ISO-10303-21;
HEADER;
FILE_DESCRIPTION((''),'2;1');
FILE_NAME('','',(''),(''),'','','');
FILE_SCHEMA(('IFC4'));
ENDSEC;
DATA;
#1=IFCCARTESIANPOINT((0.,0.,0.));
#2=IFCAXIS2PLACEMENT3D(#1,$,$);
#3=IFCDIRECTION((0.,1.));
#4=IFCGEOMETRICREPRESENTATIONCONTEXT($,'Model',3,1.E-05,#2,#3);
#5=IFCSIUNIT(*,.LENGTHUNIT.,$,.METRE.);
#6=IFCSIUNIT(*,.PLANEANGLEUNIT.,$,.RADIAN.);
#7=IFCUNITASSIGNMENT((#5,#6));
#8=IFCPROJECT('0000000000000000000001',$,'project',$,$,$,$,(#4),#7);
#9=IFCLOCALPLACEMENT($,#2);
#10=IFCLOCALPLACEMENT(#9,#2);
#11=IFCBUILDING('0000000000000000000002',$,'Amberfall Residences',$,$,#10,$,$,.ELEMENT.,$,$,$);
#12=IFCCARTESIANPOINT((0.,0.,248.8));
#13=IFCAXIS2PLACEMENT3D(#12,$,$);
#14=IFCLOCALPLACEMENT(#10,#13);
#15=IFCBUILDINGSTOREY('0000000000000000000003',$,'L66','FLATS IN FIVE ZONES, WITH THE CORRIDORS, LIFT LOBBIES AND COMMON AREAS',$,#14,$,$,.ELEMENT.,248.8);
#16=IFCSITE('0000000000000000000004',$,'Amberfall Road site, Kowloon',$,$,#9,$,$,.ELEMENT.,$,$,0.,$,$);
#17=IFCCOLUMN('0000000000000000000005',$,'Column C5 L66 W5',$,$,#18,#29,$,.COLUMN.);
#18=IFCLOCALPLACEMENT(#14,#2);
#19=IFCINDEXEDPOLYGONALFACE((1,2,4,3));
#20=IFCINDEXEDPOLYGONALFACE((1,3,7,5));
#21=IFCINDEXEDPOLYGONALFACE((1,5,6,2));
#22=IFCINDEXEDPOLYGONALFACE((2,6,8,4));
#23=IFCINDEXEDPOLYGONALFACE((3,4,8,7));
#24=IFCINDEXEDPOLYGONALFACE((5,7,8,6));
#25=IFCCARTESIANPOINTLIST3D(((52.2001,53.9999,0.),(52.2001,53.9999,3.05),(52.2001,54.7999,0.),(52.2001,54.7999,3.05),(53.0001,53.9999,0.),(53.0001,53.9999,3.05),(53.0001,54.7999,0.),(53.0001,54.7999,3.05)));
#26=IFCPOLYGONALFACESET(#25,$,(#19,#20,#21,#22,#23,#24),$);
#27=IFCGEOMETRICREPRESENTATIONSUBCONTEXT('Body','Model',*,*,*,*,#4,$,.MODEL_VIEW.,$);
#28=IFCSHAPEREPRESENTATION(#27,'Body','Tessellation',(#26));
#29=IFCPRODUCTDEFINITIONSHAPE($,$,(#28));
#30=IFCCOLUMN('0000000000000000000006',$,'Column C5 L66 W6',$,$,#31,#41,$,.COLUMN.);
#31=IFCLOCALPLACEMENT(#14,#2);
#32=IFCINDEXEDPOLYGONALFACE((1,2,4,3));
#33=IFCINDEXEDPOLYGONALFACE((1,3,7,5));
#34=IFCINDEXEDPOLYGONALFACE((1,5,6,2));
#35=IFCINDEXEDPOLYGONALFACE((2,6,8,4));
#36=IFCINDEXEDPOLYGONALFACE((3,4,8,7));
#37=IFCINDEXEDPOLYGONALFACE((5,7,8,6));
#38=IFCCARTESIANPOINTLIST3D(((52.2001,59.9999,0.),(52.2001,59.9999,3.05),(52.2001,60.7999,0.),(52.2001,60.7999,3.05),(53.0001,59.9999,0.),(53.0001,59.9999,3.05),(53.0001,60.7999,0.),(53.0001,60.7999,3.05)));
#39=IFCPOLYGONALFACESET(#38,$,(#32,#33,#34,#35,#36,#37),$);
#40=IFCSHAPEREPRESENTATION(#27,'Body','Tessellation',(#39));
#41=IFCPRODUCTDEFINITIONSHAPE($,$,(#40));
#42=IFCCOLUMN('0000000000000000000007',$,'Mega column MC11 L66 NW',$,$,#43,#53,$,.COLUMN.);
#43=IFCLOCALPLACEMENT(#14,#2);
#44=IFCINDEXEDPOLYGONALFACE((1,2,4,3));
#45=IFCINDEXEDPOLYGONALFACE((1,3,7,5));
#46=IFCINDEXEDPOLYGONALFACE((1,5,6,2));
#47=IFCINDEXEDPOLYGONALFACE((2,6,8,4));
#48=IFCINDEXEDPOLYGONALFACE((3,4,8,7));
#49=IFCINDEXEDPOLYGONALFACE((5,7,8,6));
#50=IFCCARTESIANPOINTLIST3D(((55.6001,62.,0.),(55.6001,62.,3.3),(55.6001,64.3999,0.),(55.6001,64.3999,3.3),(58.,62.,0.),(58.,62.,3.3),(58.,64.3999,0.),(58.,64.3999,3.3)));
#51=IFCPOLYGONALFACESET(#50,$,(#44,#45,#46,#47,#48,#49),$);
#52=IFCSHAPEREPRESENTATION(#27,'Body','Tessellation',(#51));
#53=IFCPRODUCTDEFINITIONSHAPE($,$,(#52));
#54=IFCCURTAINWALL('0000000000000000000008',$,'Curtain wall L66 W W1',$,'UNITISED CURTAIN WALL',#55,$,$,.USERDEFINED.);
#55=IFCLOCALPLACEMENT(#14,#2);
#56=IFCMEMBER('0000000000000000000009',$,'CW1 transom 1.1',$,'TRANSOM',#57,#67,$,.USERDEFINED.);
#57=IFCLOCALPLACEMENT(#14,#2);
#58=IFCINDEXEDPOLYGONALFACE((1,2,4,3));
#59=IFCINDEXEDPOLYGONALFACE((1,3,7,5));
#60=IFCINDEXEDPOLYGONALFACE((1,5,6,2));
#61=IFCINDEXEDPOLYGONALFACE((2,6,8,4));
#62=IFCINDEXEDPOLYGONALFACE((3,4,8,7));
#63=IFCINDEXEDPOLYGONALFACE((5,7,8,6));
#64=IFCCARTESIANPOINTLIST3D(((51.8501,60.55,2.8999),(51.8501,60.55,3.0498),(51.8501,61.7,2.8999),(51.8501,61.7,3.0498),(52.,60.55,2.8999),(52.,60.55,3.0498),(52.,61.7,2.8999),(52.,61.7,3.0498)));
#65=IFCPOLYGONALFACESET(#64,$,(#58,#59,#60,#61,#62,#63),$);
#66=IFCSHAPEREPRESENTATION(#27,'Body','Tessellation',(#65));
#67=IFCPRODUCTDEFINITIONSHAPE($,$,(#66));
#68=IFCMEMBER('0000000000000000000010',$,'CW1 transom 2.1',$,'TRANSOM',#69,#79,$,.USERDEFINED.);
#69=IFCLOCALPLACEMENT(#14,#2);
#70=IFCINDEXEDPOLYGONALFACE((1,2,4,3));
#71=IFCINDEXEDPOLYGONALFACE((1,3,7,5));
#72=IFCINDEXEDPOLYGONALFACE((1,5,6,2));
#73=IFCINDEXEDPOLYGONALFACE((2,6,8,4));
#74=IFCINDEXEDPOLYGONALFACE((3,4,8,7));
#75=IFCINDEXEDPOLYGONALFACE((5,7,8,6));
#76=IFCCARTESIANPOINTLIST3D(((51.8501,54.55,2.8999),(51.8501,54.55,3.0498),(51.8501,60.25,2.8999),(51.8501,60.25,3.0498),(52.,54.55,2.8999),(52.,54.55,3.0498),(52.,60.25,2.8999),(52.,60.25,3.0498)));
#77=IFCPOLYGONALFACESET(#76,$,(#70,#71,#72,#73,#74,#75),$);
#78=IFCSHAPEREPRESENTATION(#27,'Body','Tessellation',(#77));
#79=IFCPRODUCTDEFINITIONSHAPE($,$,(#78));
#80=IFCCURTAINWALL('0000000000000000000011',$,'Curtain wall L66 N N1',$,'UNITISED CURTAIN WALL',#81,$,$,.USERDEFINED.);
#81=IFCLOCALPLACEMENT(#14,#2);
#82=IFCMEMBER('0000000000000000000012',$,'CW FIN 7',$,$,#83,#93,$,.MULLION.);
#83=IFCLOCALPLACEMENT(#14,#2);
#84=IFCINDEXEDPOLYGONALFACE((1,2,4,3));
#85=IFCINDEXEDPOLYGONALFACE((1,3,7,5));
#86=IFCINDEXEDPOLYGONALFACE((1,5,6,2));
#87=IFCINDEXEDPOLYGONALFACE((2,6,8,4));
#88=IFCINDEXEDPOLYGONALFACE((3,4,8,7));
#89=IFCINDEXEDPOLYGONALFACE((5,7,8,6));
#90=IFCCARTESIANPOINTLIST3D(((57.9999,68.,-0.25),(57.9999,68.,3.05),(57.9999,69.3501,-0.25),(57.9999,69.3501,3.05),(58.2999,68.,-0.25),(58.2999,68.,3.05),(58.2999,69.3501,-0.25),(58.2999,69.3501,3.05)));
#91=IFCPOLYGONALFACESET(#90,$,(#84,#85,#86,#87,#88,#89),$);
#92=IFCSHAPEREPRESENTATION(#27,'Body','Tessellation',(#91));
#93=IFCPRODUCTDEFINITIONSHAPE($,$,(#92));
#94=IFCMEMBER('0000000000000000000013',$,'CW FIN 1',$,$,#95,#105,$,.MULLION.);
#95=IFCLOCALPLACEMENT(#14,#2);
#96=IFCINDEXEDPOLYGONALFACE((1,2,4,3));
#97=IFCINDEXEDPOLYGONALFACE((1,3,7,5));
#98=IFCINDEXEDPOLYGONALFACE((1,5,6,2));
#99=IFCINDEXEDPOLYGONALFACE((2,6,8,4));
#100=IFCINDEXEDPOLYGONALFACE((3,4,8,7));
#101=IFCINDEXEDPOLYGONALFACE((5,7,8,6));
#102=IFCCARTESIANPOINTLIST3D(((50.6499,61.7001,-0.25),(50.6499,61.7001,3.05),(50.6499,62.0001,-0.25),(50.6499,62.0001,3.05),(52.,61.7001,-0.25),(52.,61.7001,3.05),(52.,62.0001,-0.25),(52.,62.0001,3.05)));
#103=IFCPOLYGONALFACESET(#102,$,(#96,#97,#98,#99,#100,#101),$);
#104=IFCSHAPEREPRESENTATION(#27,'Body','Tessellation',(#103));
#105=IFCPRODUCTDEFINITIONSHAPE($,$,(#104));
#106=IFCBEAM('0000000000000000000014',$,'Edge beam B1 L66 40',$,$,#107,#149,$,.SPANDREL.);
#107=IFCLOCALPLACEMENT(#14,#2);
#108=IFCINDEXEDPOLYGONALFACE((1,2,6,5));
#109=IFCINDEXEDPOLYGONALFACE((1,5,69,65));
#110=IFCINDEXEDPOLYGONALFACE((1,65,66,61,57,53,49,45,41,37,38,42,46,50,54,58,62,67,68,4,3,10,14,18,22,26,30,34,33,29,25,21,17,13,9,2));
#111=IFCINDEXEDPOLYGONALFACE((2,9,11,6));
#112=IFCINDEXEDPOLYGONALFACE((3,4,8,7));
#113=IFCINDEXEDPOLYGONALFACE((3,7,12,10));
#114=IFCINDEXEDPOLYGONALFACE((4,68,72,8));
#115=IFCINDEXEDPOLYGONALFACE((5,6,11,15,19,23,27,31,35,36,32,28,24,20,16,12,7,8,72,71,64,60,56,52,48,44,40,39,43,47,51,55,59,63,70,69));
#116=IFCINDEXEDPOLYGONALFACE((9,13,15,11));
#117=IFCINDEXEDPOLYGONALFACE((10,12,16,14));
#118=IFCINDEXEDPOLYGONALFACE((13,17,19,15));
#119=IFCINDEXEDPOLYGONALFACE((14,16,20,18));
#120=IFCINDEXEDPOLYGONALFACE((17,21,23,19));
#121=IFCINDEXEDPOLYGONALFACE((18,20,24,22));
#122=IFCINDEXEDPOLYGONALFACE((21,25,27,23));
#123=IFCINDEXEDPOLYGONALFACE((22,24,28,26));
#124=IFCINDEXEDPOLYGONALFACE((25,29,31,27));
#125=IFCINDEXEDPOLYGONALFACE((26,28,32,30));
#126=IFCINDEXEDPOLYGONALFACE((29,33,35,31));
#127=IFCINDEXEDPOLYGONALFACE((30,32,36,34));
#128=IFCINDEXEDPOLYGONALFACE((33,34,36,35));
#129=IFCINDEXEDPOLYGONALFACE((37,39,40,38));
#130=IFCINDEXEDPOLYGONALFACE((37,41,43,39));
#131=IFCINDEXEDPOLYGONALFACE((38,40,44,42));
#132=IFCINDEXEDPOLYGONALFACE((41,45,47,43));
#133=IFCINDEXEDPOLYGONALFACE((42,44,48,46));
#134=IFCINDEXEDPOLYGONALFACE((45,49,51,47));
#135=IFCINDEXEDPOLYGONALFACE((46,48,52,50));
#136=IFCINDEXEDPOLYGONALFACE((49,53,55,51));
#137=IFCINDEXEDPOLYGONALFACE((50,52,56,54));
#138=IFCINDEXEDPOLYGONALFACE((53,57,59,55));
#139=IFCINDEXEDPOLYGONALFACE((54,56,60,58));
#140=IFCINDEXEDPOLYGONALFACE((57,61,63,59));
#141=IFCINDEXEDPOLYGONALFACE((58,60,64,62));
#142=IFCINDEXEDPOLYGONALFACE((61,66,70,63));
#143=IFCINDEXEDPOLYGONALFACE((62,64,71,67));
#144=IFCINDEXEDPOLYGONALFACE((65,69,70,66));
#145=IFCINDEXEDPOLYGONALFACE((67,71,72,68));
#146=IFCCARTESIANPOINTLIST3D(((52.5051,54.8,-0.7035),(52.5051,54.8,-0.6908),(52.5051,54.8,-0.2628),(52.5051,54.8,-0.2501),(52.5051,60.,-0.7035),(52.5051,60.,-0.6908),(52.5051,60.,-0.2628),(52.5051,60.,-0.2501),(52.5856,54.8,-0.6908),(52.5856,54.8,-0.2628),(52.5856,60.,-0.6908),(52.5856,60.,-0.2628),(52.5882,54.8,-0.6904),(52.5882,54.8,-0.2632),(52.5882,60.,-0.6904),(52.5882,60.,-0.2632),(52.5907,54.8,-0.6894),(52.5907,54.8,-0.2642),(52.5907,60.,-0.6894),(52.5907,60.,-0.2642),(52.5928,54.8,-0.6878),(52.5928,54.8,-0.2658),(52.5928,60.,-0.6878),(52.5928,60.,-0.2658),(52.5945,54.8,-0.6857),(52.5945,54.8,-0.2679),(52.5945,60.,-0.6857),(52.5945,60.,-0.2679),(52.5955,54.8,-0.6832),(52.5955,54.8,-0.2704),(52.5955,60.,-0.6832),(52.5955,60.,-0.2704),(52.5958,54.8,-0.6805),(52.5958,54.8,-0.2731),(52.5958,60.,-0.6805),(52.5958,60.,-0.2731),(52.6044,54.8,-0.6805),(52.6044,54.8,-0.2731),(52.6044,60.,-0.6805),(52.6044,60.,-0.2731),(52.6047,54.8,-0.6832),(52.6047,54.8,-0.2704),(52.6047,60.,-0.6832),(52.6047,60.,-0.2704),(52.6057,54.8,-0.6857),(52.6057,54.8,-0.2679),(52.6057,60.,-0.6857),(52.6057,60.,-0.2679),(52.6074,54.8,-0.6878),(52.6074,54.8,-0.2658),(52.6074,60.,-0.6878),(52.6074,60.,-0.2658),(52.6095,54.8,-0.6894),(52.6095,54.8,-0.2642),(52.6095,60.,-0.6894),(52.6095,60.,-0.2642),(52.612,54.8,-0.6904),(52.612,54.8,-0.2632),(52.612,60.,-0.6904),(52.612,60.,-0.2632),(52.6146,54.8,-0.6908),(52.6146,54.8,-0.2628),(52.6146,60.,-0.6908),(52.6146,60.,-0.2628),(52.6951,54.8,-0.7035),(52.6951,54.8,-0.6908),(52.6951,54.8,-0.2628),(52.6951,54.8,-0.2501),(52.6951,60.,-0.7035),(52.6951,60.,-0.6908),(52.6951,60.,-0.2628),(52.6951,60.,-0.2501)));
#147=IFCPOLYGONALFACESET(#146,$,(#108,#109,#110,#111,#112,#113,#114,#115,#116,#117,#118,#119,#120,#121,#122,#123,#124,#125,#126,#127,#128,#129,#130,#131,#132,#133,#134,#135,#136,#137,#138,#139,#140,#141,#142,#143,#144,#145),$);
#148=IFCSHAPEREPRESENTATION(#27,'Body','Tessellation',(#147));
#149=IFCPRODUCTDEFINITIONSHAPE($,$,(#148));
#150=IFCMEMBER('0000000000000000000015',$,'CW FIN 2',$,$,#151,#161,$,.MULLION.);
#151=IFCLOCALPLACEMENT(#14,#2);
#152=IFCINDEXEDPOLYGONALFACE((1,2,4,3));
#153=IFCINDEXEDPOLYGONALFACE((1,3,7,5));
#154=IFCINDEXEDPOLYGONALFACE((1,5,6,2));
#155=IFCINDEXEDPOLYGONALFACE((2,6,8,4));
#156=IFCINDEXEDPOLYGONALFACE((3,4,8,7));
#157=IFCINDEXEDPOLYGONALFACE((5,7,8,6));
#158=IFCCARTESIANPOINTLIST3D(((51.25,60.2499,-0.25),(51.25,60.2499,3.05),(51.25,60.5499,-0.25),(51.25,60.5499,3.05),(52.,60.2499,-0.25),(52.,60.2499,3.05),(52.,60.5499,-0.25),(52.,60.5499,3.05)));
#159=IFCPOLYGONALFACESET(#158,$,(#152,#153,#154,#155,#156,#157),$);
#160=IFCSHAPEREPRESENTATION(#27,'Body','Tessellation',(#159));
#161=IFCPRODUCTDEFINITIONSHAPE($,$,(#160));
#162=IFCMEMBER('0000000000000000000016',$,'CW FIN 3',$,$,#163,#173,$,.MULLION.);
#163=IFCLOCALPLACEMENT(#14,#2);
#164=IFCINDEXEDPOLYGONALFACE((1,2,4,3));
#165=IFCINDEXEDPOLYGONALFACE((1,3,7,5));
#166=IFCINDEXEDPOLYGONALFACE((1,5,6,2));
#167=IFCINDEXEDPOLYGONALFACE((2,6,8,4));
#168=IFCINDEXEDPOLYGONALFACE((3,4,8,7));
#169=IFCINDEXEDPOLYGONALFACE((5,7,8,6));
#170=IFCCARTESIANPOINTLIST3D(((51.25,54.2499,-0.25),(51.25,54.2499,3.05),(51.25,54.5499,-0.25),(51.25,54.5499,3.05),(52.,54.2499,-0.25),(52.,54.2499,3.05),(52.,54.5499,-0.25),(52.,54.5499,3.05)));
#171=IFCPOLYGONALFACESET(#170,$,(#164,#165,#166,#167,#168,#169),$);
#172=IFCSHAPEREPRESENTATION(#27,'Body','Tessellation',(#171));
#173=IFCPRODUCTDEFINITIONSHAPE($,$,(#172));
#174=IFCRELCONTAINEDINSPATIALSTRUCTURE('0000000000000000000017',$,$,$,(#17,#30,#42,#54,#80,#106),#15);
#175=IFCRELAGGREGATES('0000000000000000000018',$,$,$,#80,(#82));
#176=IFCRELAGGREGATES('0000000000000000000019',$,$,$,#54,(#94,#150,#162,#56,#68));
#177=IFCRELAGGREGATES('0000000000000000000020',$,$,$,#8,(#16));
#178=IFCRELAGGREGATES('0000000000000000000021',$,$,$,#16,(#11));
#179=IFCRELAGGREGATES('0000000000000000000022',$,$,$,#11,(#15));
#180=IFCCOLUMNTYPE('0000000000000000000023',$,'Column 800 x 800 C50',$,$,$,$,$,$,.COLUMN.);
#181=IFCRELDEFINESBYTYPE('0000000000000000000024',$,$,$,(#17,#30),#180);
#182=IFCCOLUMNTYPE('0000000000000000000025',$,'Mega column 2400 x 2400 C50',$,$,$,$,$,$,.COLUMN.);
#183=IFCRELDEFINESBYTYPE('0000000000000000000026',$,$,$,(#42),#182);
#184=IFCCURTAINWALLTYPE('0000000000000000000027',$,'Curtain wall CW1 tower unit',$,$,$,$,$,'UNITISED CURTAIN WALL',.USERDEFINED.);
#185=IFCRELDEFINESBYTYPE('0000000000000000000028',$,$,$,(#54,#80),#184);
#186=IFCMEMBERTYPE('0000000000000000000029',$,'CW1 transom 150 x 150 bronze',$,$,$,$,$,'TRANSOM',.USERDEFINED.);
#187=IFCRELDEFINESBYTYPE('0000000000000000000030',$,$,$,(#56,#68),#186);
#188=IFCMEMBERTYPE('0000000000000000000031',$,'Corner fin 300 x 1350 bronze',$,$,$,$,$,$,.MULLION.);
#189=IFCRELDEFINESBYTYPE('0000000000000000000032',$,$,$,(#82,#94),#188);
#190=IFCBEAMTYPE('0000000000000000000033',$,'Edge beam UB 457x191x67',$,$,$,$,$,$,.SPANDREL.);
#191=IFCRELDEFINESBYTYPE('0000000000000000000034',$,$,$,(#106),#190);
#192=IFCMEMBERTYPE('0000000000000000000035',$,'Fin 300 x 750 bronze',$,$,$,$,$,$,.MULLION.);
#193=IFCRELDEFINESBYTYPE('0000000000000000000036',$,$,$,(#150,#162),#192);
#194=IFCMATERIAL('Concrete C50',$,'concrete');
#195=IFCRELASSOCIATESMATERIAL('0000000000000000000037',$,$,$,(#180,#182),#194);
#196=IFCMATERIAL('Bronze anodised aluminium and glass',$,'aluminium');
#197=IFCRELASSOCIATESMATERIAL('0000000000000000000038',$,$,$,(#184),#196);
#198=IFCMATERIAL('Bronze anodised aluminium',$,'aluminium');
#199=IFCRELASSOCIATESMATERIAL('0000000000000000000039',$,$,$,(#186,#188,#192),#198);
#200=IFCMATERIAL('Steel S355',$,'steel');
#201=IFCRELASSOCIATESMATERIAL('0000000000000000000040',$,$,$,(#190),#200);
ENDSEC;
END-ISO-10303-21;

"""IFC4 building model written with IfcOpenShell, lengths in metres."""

from ifc_helpers import new_model, si_unit, direction, frame, origin, origin_2d, place, context, subcontext, project, spatial, rectangle, i_section, extrude, material, material_profile, profile_set, type_object, element, aggregate, save


model = new_model("IFC4")

# Units and contexts
model_context = context("Model", 3, precision=1e-05, world=origin(), true_north=direction((0.0, 1.0)))
body_context = subcontext(model_context, "Body", "Model", "MODEL_VIEW")
ifc_project = project(units=[si_unit("LENGTHUNIT", "METRE"), si_unit("PLANEANGLEUNIT", "RADIAN")], contexts=[model_context])

# Site, building, storey
site_placement = place(None, origin())
site = spatial("IfcSite", under=ifc_project, at=site_placement, Name="Amberfall Road site, Kowloon", CompositionType="ELEMENT", RefElevation=0.0)
building_placement = place(site_placement, origin())
building = spatial("IfcBuilding", under=site, at=building_placement, Name="Amberfall Residences", CompositionType="ELEMENT")
storey_placement = place(building_placement, frame((0.0, 0.0, 248.8)))
storey = spatial("IfcBuildingStorey", under=building, at=storey_placement, Name="L66", Description="FLATS IN FIVE ZONES, WITH THE CORRIDORS, LIFT LOBBIES AND COMMON AREAS", CompositionType="ELEMENT", Elevation=248.8)

# Columns
ifc_material_1 = material(Name="Concrete C50", Category="concrete")
ifc_material_profile_1 = material_profile(ifc_material_1, rectangle(XDim=0.8, YDim=0.8, at=origin_2d()), Name="Column 800 x 800 C50")
ifc_profile_set_1 = profile_set([ifc_material_profile_1], Name="Concrete C50")
column_type_1 = type_object("IfcColumnType", Name="Column 800 x 800 C50", PredefinedType="COLUMN", material=ifc_profile_set_1)
for number, where, z_axis, x_axis, name in (
    (1, (52.6001, 54.3999, 0.0), (0.0, 0.0, 1.0), (1.0, 0.0, 0.0), "Column C5 L66 W5"),
    (2, (52.6001, 60.3999, 0.0), (0.0, 0.0, 1.0), (1.0, 0.0, 0.0), "Column C5 L66 W6"),
):
    element("IfcColumn", number, at=place(storey_placement, frame(where, z_axis=z_axis, x_axis=x_axis)), inside=storey, type_object=column_type_1, Name=name, PredefinedType="COLUMN", context=body_context, shape_type="SweptSolid", body=[
        extrude(rectangle(XDim=0.8, YDim=0.8, at=origin_2d()), origin(), (0.0, 0.0, 1.0), 3.05),
    ])
ifc_material_profile_2 = material_profile(ifc_material_1, rectangle(XDim=2.3999, YDim=2.3999, at=origin_2d()), Name="Mega column 2400 x 2400 C50")
ifc_profile_set_2 = profile_set([ifc_material_profile_2], Name="Concrete C50")
column_type_2 = type_object("IfcColumnType", Name="Mega column 2400 x 2400 C50", PredefinedType="COLUMN", material=ifc_profile_set_2)
column_placement = place(storey_placement, frame((56.8, 63.2, 0.0), z_axis=(0.0, 0.0, 1.0), x_axis=(1.0, 0.0, 0.0)))
element("IfcColumn", 3, at=column_placement, inside=storey, type_object=column_type_2, Name="Mega column MC11 L66 NW", PredefinedType="COLUMN", context=body_context, shape_type="SweptSolid", body=[
    extrude(rectangle(XDim=2.3999, YDim=2.3999, at=origin_2d()), origin(), (0.0, 0.0, 1.0), 3.3),
])

# Curtain wall, members
ifc_material_2 = material(Name="Bronze anodised aluminium and glass", Category="aluminium")
curtain_wall_type = type_object("IfcCurtainWallType", Name="Curtain wall CW1 tower unit", ElementType="UNITISED CURTAIN WALL", PredefinedType="USERDEFINED", material=ifc_material_2)
curtain_wall_1_placement = place(storey_placement, origin())
curtain_wall_1 = element("IfcCurtainWall", 4, at=curtain_wall_1_placement, inside=storey, type_object=curtain_wall_type, Name="Curtain wall L66 W W1", ObjectType="UNITISED CURTAIN WALL", PredefinedType="USERDEFINED")
ifc_material_3 = material(Name="Bronze anodised aluminium", Category="aluminium")
ifc_material_profile_3 = material_profile(ifc_material_3, rectangle(XDim=0.1499, YDim=0.1499, at=origin_2d()), Name="CW1 transom 150 x 150 bronze")
ifc_profile_set_3 = profile_set([ifc_material_profile_3], Name="Bronze anodised aluminium")
member_type_1 = type_object("IfcMemberType", Name="CW1 transom 150 x 150 bronze", ElementType="TRANSOM", PredefinedType="USERDEFINED", material=ifc_profile_set_3)
member_1_placement = place(storey_placement, frame((51.925, 61.7, 2.9749), z_axis=(0.0, -1.0, 0.0), x_axis=(1.0, 0.0, 0.0)))
member_1 = element("IfcMember", 5, at=member_1_placement, type_object=member_type_1, Name="CW1 transom 1.1", ObjectType="TRANSOM", PredefinedType="USERDEFINED", context=body_context, shape_type="SweptSolid", body=[
    extrude(rectangle(XDim=0.1499, YDim=0.1499, at=origin_2d()), origin(), (0.0, 0.0, 1.0), 1.1499),
])
member_2_placement = place(storey_placement, frame((51.925, 60.25, 2.9749), z_axis=(0.0, -1.0, 0.0), x_axis=(1.0, 0.0, 0.0)))
member_2 = element("IfcMember", 6, at=member_2_placement, type_object=member_type_1, Name="CW1 transom 2.1", ObjectType="TRANSOM", PredefinedType="USERDEFINED", context=body_context, shape_type="SweptSolid", body=[
    extrude(rectangle(XDim=0.1499, YDim=0.1499, at=origin_2d()), origin(), (0.0, 0.0, 1.0), 5.7),
])

# Curtain wall, member
curtain_wall_2_placement = place(storey_placement, origin())
curtain_wall_2 = element("IfcCurtainWall", 7, at=curtain_wall_2_placement, inside=storey, type_object=curtain_wall_type, Name="Curtain wall L66 N N1", ObjectType="UNITISED CURTAIN WALL", PredefinedType="USERDEFINED")
ifc_material_profile_4 = material_profile(ifc_material_3, rectangle(XDim=1.3501, YDim=0.3, at=origin_2d()), Name="Corner fin 300 x 1350 bronze")
ifc_profile_set_4 = profile_set([ifc_material_profile_4], Name="Bronze anodised aluminium")
member_type_2 = type_object("IfcMemberType", Name="Corner fin 300 x 1350 bronze", PredefinedType="MULLION", material=ifc_profile_set_4)
member_3_placement = place(storey_placement, frame((58.1499, 68.675, -0.25), z_axis=(0.0, 0.0, 1.0), x_axis=(0.0, -1.0, 0.0)))
member_3 = element("IfcMember", 8, at=member_3_placement, type_object=member_type_2, Name="CW FIN 7", PredefinedType="MULLION", context=body_context, shape_type="SweptSolid", body=[
    extrude(rectangle(XDim=1.3501, YDim=0.3, at=origin_2d()), origin(), (0.0, 0.0, 1.0), 3.3),
])
aggregate(curtain_wall_2, [member_3])

# Member
member_4_placement = place(storey_placement, frame((51.325, 61.8501, -0.25), z_axis=(0.0, 0.0, 1.0), x_axis=(1.0, 0.0, 0.0)))
member_4 = element("IfcMember", 9, at=member_4_placement, type_object=member_type_2, Name="CW FIN 1", PredefinedType="MULLION", context=body_context, shape_type="SweptSolid", body=[
    extrude(rectangle(XDim=1.3501, YDim=0.3, at=origin_2d()), origin(), (0.0, 0.0, 1.0), 3.3),
])

# Beam
ifc_material_4 = material(Name="Steel S355", Category="steel")
ifc_material_profile_5 = material_profile(ifc_material_4, i_section(OverallWidth=0.1899, OverallDepth=0.4534, WebThickness=0.0085, FlangeThickness=0.0127, FilletRadius=0.0103, at=origin_2d()), Name="UB 457x191x67")
ifc_profile_set_5 = profile_set([ifc_material_profile_5], Name="Steel S355")
beam_type_1 = type_object("IfcBeamType", Name="Edge beam UB 457x191x67", PredefinedType="SPANDREL", material=ifc_profile_set_5)
beam_1_placement = place(storey_placement, frame((52.6001, 54.8, -0.4768), z_axis=(0.0, 1.0, 0.0), x_axis=(-1.0, 0.0, 0.0)))
element("IfcBeam", 10, at=beam_1_placement, inside=storey, type_object=beam_type_1, Name="Edge beam B1 L66 40", PredefinedType="SPANDREL", context=body_context, shape_type="SweptSolid", body=[
    extrude(i_section(OverallWidth=0.1899, OverallDepth=0.4534, WebThickness=0.0085, FlangeThickness=0.0127, FilletRadius=0.0103, at=origin_2d()), origin(), (0.0, 0.0, 1.0), 5.2),
])

# Members
ifc_material_profile_6 = material_profile(ifc_material_3, rectangle(XDim=0.75, YDim=0.3, at=origin_2d()), Name="Fin 300 x 750 bronze")
ifc_profile_set_6 = profile_set([ifc_material_profile_6], Name="Bronze anodised aluminium")
member_type_3 = type_object("IfcMemberType", Name="Fin 300 x 750 bronze", PredefinedType="MULLION", material=ifc_profile_set_6)
member_5_placement = place(storey_placement, frame((51.625, 60.3999, -0.25), z_axis=(0.0, 0.0, 1.0), x_axis=(1.0, 0.0, 0.0)))
member_5 = element("IfcMember", 11, at=member_5_placement, type_object=member_type_3, Name="CW FIN 2", PredefinedType="MULLION", context=body_context, shape_type="SweptSolid", body=[
    extrude(rectangle(XDim=0.75, YDim=0.3, at=origin_2d()), origin(), (0.0, 0.0, 1.0), 3.3),
])
member_6_placement = place(storey_placement, frame((51.625, 54.3999, -0.25), z_axis=(0.0, 0.0, 1.0), x_axis=(1.0, 0.0, 0.0)))
member_6 = element("IfcMember", 12, at=member_6_placement, type_object=member_type_3, Name="CW FIN 3", PredefinedType="MULLION", context=body_context, shape_type="SweptSolid", body=[
    extrude(rectangle(XDim=0.75, YDim=0.3, at=origin_2d()), origin(), (0.0, 0.0, 1.0), 3.3),
])

aggregate(curtain_wall_1, [member_4, member_5, member_6, member_1, member_2])

save(model, "model.ifc")
